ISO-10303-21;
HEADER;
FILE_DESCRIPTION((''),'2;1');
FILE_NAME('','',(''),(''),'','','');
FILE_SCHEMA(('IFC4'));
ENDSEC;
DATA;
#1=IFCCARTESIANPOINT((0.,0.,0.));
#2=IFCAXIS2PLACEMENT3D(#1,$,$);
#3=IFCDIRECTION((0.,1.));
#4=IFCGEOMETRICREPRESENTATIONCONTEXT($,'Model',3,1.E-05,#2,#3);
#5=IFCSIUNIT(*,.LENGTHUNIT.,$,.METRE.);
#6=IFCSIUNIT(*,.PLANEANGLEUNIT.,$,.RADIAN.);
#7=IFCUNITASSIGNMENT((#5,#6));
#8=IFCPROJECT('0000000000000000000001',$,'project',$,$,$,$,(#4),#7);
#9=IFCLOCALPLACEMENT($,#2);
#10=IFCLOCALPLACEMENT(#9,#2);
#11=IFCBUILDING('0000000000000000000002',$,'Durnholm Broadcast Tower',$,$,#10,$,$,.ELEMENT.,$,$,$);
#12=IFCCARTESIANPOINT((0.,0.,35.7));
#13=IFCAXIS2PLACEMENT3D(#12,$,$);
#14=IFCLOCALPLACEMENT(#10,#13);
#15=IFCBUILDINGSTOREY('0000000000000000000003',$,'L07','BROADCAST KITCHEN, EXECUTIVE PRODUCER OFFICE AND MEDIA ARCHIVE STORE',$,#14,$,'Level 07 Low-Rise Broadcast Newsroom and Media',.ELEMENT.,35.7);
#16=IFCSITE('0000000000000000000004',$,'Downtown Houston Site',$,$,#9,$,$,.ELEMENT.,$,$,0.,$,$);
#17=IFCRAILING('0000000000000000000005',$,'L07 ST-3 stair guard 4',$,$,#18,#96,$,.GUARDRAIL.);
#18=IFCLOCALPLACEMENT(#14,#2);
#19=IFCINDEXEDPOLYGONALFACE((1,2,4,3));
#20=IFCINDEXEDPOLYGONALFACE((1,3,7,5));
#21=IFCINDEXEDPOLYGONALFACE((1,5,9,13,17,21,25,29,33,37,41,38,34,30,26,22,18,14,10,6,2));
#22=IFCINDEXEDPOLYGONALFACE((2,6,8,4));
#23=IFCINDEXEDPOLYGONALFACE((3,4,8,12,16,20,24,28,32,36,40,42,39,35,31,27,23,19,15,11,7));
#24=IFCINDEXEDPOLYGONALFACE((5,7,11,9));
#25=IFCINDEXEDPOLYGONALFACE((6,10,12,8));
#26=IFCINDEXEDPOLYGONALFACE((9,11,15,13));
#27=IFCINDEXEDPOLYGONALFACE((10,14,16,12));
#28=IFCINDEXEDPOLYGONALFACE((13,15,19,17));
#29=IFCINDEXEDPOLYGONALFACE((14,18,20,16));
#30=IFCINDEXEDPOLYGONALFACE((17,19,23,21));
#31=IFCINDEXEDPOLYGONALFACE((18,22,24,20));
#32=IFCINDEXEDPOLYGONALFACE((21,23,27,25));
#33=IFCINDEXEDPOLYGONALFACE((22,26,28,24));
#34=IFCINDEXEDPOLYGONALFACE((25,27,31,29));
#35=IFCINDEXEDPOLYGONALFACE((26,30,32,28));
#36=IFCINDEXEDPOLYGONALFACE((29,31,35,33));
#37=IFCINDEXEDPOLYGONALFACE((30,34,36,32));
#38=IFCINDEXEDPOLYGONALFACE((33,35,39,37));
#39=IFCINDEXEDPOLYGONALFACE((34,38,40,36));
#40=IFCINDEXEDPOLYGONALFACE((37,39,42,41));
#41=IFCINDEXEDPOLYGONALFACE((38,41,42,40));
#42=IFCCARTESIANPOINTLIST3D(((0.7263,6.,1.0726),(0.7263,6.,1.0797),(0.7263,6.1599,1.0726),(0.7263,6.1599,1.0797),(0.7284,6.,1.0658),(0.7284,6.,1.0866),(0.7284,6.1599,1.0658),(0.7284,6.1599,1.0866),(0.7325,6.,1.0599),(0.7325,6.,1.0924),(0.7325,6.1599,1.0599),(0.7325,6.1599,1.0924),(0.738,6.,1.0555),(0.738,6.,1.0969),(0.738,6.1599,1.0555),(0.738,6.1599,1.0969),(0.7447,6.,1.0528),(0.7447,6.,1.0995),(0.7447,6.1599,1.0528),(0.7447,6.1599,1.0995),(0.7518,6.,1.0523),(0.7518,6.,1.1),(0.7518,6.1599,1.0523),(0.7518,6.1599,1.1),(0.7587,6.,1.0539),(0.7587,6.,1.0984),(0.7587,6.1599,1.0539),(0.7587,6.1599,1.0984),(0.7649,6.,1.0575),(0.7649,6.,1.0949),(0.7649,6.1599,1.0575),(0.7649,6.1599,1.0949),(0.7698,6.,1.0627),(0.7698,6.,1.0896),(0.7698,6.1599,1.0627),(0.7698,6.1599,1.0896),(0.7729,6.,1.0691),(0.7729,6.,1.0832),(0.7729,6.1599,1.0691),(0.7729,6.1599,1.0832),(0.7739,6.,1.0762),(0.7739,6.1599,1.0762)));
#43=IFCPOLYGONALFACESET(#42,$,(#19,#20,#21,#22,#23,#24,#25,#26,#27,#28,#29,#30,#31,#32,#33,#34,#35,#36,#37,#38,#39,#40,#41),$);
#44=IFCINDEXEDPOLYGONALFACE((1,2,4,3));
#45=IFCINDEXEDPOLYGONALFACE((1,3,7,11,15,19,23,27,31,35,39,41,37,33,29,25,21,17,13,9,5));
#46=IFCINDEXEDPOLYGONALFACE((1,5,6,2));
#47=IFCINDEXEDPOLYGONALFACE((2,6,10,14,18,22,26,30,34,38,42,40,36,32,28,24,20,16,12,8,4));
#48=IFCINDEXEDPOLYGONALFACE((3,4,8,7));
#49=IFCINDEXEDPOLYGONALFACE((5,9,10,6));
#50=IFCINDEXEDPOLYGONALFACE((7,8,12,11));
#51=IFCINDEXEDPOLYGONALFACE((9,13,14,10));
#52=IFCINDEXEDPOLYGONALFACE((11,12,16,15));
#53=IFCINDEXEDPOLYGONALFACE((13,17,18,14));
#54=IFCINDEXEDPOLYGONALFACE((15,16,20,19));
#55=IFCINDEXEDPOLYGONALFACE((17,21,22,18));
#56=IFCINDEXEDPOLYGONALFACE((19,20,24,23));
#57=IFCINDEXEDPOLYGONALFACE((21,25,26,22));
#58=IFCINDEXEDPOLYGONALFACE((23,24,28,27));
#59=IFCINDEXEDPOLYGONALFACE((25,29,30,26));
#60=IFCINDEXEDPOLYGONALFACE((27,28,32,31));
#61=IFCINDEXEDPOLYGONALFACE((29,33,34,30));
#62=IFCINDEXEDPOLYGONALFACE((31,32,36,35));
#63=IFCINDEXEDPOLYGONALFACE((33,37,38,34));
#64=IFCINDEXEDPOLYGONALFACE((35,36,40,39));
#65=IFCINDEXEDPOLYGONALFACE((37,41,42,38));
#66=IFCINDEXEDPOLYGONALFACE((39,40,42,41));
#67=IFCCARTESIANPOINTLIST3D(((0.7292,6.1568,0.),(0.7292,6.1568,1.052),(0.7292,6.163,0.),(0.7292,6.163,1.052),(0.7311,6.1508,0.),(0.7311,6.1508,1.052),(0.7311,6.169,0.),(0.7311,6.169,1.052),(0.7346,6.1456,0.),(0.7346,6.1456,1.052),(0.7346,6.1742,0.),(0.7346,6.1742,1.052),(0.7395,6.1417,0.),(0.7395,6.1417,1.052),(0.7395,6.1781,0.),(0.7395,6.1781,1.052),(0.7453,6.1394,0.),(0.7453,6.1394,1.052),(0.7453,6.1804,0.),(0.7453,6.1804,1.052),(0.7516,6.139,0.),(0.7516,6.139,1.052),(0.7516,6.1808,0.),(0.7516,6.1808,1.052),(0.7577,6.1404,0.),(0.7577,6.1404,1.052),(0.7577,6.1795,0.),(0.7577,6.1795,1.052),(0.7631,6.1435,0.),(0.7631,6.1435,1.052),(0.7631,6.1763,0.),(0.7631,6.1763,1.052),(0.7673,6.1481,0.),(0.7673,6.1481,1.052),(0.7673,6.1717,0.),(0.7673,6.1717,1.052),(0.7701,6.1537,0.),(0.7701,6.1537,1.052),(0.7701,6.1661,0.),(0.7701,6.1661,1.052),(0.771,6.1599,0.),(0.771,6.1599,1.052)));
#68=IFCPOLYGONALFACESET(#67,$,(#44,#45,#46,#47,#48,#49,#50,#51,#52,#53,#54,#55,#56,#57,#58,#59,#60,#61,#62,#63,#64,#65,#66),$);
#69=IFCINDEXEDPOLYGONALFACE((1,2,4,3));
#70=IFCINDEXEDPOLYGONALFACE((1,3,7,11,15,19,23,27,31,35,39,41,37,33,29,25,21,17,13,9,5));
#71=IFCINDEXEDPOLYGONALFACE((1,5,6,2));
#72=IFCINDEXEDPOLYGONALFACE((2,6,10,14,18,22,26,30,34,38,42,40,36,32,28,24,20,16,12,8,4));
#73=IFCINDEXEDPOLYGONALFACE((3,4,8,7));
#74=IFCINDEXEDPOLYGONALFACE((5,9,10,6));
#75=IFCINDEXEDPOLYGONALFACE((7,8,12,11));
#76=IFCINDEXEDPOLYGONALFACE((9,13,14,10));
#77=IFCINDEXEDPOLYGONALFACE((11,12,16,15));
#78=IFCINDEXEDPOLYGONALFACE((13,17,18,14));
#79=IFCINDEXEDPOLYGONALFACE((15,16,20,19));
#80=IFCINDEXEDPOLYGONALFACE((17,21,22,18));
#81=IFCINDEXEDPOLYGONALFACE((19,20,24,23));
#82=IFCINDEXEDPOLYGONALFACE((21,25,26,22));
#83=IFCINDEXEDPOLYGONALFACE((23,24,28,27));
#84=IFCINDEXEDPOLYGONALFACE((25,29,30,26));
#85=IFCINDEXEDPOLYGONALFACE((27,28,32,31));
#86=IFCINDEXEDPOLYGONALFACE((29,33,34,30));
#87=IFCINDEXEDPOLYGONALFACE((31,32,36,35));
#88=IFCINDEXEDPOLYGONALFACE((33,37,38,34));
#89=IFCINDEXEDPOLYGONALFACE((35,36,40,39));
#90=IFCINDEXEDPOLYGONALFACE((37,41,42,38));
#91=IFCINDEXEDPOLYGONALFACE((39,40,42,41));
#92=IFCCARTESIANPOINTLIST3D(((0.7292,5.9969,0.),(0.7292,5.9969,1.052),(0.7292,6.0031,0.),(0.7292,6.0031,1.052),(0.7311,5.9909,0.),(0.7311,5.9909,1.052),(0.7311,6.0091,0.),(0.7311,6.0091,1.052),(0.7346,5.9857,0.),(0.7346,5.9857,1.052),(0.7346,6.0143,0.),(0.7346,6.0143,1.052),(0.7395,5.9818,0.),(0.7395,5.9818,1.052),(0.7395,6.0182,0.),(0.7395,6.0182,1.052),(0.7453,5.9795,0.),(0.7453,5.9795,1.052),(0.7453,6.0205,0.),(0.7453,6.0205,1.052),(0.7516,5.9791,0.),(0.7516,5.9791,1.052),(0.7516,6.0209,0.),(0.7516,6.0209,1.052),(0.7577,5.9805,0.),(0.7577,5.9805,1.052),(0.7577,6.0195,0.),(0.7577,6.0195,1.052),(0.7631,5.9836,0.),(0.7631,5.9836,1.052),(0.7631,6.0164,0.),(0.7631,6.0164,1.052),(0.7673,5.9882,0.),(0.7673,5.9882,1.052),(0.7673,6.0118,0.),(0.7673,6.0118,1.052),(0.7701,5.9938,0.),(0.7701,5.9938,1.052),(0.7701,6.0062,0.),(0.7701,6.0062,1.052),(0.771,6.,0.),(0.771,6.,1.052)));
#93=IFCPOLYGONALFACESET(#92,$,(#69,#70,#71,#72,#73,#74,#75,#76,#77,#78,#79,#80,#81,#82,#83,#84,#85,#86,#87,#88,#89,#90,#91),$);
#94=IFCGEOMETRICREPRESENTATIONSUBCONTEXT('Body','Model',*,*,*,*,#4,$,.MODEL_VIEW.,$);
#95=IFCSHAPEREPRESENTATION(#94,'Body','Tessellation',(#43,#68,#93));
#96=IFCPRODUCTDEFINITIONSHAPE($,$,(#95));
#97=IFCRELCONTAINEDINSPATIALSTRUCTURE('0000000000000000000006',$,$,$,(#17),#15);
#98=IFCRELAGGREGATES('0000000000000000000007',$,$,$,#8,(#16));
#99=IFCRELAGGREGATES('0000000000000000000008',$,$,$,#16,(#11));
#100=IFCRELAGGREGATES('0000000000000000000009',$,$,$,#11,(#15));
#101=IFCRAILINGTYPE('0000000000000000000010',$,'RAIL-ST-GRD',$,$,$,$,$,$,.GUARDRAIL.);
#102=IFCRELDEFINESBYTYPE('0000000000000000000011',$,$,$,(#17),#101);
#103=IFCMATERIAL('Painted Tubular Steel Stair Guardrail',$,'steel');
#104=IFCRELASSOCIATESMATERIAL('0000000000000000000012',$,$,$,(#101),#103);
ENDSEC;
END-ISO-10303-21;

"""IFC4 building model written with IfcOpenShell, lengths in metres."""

from ifc_helpers import new_model, si_unit, direction, frame, origin, origin_2d, place, context, subcontext, project, spatial, circle, extrude, material, type_object, element, save


model = new_model("IFC4")

# Units and contexts
model_context = context("Model", 3, precision=1e-05, world=origin(), true_north=direction((0.0, 1.0)))
body_context = subcontext(model_context, "Body", "Model", "MODEL_VIEW")
ifc_project = project(units=[si_unit("LENGTHUNIT", "METRE"), si_unit("PLANEANGLEUNIT", "RADIAN")], contexts=[model_context])

# Site, building, storey
site_placement = place(None, origin())
site = spatial("IfcSite", under=ifc_project, at=site_placement, Name="Downtown Houston Site", CompositionType="ELEMENT", RefElevation=0.0)
building_placement = place(site_placement, origin())
building = spatial("IfcBuilding", under=site, at=building_placement, Name="Durnholm Broadcast Tower", CompositionType="ELEMENT")
storey_placement = place(building_placement, frame((0.0, 0.0, 35.7)))
storey = spatial("IfcBuildingStorey", under=building, at=storey_placement, Name="L07", Description="BROADCAST KITCHEN, EXECUTIVE PRODUCER OFFICE AND MEDIA ARCHIVE STORE", LongName="Level 07 Low-Rise Broadcast Newsroom and Media", CompositionType="ELEMENT", Elevation=35.7)

# Railing
ifc_material_1 = material(Name="Painted Tubular Steel Stair Guardrail", Category="steel")
railing_type_1 = type_object("IfcRailingType", Name="RAIL-ST-GRD", PredefinedType="GUARDRAIL", material=ifc_material_1)
railing_1_placement = place(storey_placement, frame((0.75, 6.1599, 0.0)))
element("IfcRailing", 1, at=railing_1_placement, inside=storey, type_object=railing_type_1, Name="L07 ST-3 stair guard 4", PredefinedType="GUARDRAIL", context=body_context, shape_type="SweptSolid", body=[
    extrude(circle(Radius=0.0239, at=origin_2d()), frame((0.0, 0.0, 1.0762), z_axis=(0.0, -1.0, 0.0), x_axis=(1.0, 0.0, 0.0)), (0.0, 0.0, 1.0), 0.1599),
    extrude(circle(Radius=0.021, at=origin_2d()), origin(), (0.0, 0.0, 1.0), 1.052),
    extrude(circle(Radius=0.021, at=origin_2d()), frame((0.0, -0.1599, 0.0)), (0.0, 0.0, 1.0), 1.052),
])

save(model, "model.ifc")
